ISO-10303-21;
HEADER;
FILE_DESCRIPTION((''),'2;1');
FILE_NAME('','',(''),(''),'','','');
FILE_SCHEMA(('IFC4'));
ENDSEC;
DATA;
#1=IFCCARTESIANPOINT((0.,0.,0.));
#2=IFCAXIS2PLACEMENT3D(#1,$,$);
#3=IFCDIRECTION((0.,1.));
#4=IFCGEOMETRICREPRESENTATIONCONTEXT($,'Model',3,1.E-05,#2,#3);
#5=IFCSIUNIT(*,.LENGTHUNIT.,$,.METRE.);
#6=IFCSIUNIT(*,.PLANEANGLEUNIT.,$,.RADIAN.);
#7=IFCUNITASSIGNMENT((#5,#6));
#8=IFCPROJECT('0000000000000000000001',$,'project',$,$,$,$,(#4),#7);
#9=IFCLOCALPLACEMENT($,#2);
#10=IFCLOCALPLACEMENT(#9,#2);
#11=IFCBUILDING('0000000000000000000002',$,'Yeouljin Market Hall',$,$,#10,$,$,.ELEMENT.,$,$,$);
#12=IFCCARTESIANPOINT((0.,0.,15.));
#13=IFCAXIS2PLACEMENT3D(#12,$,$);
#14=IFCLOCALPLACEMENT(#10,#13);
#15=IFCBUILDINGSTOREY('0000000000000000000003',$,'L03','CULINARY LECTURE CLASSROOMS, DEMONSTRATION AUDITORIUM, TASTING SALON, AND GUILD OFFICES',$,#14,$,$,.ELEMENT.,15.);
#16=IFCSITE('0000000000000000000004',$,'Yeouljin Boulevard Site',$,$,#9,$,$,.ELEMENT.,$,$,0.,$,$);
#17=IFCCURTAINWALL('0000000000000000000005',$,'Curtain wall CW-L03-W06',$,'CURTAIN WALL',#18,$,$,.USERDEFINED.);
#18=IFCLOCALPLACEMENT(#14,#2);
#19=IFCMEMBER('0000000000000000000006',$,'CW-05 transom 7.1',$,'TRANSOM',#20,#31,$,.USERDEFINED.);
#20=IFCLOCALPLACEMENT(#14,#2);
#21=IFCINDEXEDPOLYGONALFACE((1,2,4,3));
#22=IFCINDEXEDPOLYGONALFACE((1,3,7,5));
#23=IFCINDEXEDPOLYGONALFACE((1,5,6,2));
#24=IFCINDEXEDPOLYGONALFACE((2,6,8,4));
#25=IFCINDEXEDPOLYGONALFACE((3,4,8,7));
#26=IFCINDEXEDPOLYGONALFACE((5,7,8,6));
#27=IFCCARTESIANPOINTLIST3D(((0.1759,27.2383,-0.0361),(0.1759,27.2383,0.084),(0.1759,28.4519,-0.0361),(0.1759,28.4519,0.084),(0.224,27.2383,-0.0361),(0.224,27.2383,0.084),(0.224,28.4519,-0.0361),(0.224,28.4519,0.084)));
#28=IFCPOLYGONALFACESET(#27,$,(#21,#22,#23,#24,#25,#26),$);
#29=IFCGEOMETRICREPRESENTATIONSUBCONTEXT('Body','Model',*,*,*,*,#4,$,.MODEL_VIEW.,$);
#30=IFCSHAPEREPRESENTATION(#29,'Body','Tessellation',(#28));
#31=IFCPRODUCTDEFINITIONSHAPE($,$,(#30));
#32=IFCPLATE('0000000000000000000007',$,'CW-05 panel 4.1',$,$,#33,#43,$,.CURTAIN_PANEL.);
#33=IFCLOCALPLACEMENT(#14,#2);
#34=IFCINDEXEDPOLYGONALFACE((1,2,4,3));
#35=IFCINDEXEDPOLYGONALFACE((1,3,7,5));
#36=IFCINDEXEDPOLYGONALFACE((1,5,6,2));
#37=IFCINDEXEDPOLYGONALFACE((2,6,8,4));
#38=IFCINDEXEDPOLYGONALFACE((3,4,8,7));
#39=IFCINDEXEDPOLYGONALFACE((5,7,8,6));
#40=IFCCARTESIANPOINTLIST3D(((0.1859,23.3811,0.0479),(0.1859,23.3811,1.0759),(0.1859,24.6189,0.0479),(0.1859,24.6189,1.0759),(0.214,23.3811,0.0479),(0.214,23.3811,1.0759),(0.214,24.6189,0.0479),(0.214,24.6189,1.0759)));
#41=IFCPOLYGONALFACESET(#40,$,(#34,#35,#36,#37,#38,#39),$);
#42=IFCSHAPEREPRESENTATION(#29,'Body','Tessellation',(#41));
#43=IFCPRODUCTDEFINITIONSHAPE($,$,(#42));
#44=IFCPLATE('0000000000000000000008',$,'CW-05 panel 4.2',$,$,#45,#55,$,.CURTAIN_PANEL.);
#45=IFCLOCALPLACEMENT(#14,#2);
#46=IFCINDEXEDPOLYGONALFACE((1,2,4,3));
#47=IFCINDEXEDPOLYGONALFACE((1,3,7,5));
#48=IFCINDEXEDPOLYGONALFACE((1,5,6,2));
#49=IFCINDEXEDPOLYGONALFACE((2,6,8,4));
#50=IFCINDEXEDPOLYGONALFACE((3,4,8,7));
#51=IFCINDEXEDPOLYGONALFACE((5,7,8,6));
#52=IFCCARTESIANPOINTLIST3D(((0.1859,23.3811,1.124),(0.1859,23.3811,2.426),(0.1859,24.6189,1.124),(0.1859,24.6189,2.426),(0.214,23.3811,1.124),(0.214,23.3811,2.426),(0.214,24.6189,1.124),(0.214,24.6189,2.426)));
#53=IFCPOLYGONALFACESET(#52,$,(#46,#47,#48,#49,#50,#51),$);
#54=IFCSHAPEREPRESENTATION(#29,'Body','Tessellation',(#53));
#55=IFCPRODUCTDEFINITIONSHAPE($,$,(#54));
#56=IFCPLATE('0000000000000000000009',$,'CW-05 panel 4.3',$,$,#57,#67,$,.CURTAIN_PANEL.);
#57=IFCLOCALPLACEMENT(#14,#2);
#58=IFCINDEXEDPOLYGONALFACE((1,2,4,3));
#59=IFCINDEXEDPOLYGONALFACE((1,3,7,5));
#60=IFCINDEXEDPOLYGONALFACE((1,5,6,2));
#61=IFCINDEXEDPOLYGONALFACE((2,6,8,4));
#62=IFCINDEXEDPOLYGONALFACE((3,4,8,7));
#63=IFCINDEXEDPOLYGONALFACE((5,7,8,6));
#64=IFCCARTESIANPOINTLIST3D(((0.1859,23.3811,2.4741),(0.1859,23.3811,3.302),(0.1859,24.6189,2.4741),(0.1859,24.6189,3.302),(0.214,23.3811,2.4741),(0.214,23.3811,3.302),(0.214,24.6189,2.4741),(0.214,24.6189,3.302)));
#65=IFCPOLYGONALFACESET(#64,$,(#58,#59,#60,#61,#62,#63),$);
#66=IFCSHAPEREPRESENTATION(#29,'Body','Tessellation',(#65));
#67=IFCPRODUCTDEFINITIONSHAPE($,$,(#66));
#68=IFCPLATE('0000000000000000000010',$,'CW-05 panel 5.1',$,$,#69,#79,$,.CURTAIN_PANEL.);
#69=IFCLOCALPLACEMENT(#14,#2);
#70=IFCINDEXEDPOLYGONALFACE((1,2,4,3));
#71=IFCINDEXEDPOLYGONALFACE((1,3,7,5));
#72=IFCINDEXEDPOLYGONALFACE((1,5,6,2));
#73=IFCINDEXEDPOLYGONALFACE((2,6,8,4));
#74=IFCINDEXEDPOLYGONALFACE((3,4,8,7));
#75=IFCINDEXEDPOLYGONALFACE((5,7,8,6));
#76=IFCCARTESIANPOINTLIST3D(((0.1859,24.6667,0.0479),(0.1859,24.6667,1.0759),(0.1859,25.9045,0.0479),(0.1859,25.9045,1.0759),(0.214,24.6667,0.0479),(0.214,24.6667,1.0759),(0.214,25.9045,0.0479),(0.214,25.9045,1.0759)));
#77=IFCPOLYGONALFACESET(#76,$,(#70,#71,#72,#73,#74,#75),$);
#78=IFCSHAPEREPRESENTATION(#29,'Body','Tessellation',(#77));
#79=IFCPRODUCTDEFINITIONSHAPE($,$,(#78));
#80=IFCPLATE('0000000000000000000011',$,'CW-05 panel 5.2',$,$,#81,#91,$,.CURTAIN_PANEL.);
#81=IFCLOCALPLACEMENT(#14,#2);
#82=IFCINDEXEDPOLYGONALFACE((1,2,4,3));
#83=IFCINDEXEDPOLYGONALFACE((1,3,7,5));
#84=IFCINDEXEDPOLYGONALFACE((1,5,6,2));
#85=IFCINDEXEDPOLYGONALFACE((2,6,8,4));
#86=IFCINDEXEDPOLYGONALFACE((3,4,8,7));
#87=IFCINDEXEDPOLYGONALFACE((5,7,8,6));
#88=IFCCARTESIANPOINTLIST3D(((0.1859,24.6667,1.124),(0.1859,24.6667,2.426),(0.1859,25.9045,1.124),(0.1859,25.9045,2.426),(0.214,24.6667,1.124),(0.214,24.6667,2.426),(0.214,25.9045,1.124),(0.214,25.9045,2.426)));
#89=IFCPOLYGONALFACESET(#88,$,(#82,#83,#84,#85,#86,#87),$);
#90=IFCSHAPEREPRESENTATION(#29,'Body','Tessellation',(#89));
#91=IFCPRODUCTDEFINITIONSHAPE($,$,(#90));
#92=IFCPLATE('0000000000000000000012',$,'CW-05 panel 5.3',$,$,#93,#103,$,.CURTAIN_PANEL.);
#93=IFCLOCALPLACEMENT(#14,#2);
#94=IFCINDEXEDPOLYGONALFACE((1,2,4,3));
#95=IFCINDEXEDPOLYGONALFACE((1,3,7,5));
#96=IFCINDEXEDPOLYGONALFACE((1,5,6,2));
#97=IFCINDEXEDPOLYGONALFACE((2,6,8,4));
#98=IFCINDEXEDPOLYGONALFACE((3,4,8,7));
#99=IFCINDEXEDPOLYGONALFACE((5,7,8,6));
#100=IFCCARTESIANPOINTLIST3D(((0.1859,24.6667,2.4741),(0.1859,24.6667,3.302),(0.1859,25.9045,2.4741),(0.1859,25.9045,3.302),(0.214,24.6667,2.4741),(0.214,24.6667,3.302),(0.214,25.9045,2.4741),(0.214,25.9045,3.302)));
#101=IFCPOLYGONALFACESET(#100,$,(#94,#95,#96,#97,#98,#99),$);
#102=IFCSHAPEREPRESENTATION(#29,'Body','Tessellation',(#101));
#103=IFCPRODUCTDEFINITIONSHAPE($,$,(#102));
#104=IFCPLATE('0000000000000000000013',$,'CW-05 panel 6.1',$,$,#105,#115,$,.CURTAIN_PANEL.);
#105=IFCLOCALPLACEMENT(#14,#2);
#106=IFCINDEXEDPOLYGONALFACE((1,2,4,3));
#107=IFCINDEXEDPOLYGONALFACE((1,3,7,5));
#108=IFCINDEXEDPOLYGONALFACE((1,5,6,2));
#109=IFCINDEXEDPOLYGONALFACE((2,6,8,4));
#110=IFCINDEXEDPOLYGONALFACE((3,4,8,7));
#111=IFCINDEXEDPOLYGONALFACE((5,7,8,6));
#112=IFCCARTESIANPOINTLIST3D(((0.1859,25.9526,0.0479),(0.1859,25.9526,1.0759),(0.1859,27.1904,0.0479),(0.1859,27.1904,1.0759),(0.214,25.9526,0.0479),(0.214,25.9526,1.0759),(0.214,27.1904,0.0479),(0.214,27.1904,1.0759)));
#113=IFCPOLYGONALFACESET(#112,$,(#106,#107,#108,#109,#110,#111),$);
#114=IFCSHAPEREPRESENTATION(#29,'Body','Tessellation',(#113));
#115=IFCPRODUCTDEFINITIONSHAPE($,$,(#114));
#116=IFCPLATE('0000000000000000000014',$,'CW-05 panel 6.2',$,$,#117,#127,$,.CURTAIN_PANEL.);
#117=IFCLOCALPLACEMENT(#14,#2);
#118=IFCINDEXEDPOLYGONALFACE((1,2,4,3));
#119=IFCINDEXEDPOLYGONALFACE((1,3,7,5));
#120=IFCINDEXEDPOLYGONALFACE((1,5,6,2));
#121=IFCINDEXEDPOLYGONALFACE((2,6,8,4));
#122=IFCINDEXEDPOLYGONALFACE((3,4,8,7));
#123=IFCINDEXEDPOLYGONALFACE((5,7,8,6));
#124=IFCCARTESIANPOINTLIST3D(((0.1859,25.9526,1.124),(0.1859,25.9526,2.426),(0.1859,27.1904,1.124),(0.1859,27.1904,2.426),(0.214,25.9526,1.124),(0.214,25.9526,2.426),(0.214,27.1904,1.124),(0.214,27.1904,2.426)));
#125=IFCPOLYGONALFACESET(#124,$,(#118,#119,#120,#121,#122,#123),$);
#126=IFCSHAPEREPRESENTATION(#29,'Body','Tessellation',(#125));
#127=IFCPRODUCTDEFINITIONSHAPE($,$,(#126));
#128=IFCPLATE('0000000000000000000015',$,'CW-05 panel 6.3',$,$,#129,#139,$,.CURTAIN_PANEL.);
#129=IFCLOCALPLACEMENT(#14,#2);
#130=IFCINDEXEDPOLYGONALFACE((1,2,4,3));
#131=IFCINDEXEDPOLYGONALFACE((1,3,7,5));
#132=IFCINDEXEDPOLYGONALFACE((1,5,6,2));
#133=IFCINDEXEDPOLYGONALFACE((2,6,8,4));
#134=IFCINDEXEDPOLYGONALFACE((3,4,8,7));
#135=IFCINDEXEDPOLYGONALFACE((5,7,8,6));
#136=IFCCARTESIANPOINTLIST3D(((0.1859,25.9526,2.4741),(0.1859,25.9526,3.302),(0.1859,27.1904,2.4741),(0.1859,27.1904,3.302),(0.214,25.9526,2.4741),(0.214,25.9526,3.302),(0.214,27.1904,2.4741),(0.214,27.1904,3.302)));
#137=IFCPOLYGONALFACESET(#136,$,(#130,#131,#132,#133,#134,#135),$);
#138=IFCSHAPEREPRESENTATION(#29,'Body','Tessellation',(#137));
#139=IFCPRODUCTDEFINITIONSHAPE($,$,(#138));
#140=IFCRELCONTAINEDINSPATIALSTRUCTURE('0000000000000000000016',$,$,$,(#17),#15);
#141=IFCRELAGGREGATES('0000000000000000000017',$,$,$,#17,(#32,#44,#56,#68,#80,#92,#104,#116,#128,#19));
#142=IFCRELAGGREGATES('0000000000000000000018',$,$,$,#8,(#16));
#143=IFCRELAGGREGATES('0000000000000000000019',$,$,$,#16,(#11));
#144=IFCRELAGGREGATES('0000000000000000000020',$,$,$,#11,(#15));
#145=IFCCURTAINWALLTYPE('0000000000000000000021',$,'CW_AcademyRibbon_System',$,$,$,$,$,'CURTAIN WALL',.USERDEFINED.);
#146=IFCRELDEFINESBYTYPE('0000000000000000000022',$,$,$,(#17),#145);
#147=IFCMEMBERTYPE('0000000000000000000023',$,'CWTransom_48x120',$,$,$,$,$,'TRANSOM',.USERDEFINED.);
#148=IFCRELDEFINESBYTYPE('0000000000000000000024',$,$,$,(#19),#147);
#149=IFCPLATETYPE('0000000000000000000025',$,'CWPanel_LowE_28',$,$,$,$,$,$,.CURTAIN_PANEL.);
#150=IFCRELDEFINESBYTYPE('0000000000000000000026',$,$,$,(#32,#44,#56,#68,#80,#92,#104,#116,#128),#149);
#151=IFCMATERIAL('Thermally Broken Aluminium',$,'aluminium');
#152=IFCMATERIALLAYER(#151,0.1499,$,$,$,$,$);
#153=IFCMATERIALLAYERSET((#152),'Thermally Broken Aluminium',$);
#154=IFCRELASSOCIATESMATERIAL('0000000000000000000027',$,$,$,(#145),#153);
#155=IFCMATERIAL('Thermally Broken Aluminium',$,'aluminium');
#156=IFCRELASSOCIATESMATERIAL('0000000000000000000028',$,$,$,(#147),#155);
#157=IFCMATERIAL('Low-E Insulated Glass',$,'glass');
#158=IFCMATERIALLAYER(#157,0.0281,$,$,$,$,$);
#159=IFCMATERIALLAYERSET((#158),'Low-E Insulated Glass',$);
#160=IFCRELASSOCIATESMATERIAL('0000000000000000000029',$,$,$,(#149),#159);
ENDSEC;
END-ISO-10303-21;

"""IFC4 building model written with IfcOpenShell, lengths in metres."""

from ifc_helpers import new_model, si_unit, direction, frame, origin, origin_2d, place, context, subcontext, project, spatial, rectangle, extrude, material, layer, layer_set, material_profile, profile_set, type_object, element, aggregate, save


model = new_model("IFC4")

# Units and contexts
model_context = context("Model", 3, precision=1e-05, world=origin(), true_north=direction((0.0, 1.0)))
body_context = subcontext(model_context, "Body", "Model", "MODEL_VIEW")
ifc_project = project(units=[si_unit("LENGTHUNIT", "METRE"), si_unit("PLANEANGLEUNIT", "RADIAN")], contexts=[model_context])

# Site, building, storey
site_placement = place(None, origin())
site = spatial("IfcSite", under=ifc_project, at=site_placement, Name="Yeouljin Boulevard Site", CompositionType="ELEMENT", RefElevation=0.0)
building_placement = place(site_placement, origin())
building = spatial("IfcBuilding", under=site, at=building_placement, Name="Yeouljin Market Hall", CompositionType="ELEMENT")
storey_placement = place(building_placement, frame((0.0, 0.0, 15.0)))
storey = spatial("IfcBuildingStorey", under=building, at=storey_placement, Name="L03", Description="CULINARY LECTURE CLASSROOMS, DEMONSTRATION AUDITORIUM, TASTING SALON, AND GUILD OFFICES", CompositionType="ELEMENT", Elevation=15.0)

# Curtain wall, member, plates
ifc_material_1 = material(Name="Thermally Broken Aluminium", Category="aluminium")
ifc_layer_1 = layer(ifc_material_1, 0.1499)
ifc_layer_set_1 = layer_set([ifc_layer_1], Name="Thermally Broken Aluminium")
curtain_wall_type = type_object("IfcCurtainWallType", Name="CW_AcademyRibbon_System", ElementType="CURTAIN WALL", PredefinedType="USERDEFINED", material=ifc_layer_set_1)
curtain_wall_placement = place(storey_placement, origin())
curtain_wall = element("IfcCurtainWall", 1, at=curtain_wall_placement, inside=storey, type_object=curtain_wall_type, Name="Curtain wall CW-L03-W06", ObjectType="CURTAIN WALL", PredefinedType="USERDEFINED")
ifc_material_2 = material(Name="Thermally Broken Aluminium", Category="aluminium")
ifc_material_profile_1 = material_profile(ifc_material_2, rectangle(XDim=0.0481, YDim=0.1201, at=origin_2d()), Name="CW-TRAN-48x120")
ifc_profile_set_1 = profile_set([ifc_material_profile_1], Name="Thermally Broken Aluminium")
member_type_1 = type_object("IfcMemberType", Name="CWTransom_48x120", ElementType="TRANSOM", PredefinedType="USERDEFINED", material=ifc_profile_set_1)
member_1_placement = place(storey_placement, frame((0.2, 27.2383, 0.0239), z_axis=(0.0, 1.0, 0.0), x_axis=(-1.0, 0.0, 0.0)))
member_1 = element("IfcMember", 2, at=member_1_placement, type_object=member_type_1, Name="CW-05 transom 7.1", ObjectType="TRANSOM", PredefinedType="USERDEFINED", context=body_context, shape_type="SweptSolid", body=[
    extrude(rectangle(XDim=0.0481, YDim=0.1201, at=origin_2d()), origin(), (0.0, 0.0, 1.0), 1.2136),
])
ifc_material_3 = material(Name="Low-E Insulated Glass", Category="glass")
ifc_layer_2 = layer(ifc_material_3, 0.0281)
ifc_layer_set_2 = layer_set([ifc_layer_2], Name="Low-E Insulated Glass")
plate_type = type_object("IfcPlateType", Name="CWPanel_LowE_28", PredefinedType="CURTAIN_PANEL", material=ifc_layer_set_2)
plate_1_placement = place(storey_placement, frame((0.2, 24.0, 0.0479), z_axis=(0.0, 0.0, 1.0), x_axis=(0.0, 1.0, 0.0)))
plate_1 = element("IfcPlate", 3, at=plate_1_placement, type_object=plate_type, Name="CW-05 panel 4.1", PredefinedType="CURTAIN_PANEL", context=body_context, shape_type="SweptSolid", body=[
    extrude(rectangle(XDim=1.2378, YDim=0.0281, at=origin_2d()), origin(), (0.0, 0.0, 1.0), 1.0281),
])
plate_2_placement = place(storey_placement, frame((0.2, 24.0, 1.124), z_axis=(0.0, 0.0, 1.0), x_axis=(0.0, 1.0, 0.0)))
plate_2 = element("IfcPlate", 4, at=plate_2_placement, type_object=plate_type, Name="CW-05 panel 4.2", PredefinedType="CURTAIN_PANEL", context=body_context, shape_type="SweptSolid", body=[
    extrude(rectangle(XDim=1.2378, YDim=0.0281, at=origin_2d()), origin(), (0.0, 0.0, 1.0), 1.302),
])
plate_3_placement = place(storey_placement, frame((0.2, 24.0, 2.4741), z_axis=(0.0, 0.0, 1.0), x_axis=(0.0, 1.0, 0.0)))
plate_3 = element("IfcPlate", 5, at=plate_3_placement, type_object=plate_type, Name="CW-05 panel 4.3", PredefinedType="CURTAIN_PANEL", context=body_context, shape_type="SweptSolid", body=[
    extrude(rectangle(XDim=1.2378, YDim=0.0281, at=origin_2d()), origin(), (0.0, 0.0, 1.0), 0.8279),
])
plate_4_placement = place(storey_placement, frame((0.2, 25.2856, 0.0479), z_axis=(0.0, 0.0, 1.0), x_axis=(0.0, 1.0, 0.0)))
plate_4 = element("IfcPlate", 6, at=plate_4_placement, type_object=plate_type, Name="CW-05 panel 5.1", PredefinedType="CURTAIN_PANEL", context=body_context, shape_type="SweptSolid", body=[
    extrude(rectangle(XDim=1.2378, YDim=0.0281, at=origin_2d()), origin(), (0.0, 0.0, 1.0), 1.0281),
])
plate_5_placement = place(storey_placement, frame((0.2, 25.2856, 1.124), z_axis=(0.0, 0.0, 1.0), x_axis=(0.0, 1.0, 0.0)))
plate_5 = element("IfcPlate", 7, at=plate_5_placement, type_object=plate_type, Name="CW-05 panel 5.2", PredefinedType="CURTAIN_PANEL", context=body_context, shape_type="SweptSolid", body=[
    extrude(rectangle(XDim=1.2378, YDim=0.0281, at=origin_2d()), origin(), (0.0, 0.0, 1.0), 1.302),
])
plate_6_placement = place(storey_placement, frame((0.2, 25.2856, 2.4741), z_axis=(0.0, 0.0, 1.0), x_axis=(0.0, 1.0, 0.0)))
plate_6 = element("IfcPlate", 8, at=plate_6_placement, type_object=plate_type, Name="CW-05 panel 5.3", PredefinedType="CURTAIN_PANEL", context=body_context, shape_type="SweptSolid", body=[
    extrude(rectangle(XDim=1.2378, YDim=0.0281, at=origin_2d()), origin(), (0.0, 0.0, 1.0), 0.8279),
])
plate_7_placement = place(storey_placement, frame((0.2, 26.5715, 0.0479), z_axis=(0.0, 0.0, 1.0), x_axis=(0.0, 1.0, 0.0)))
plate_7 = element("IfcPlate", 9, at=plate_7_placement, type_object=plate_type, Name="CW-05 panel 6.1", PredefinedType="CURTAIN_PANEL", context=body_context, shape_type="SweptSolid", body=[
    extrude(rectangle(XDim=1.2378, YDim=0.0281, at=origin_2d()), origin(), (0.0, 0.0, 1.0), 1.0281),
])
plate_8_placement = place(storey_placement, frame((0.2, 26.5715, 1.124), z_axis=(0.0, 0.0, 1.0), x_axis=(0.0, 1.0, 0.0)))
plate_8 = element("IfcPlate", 10, at=plate_8_placement, type_object=plate_type, Name="CW-05 panel 6.2", PredefinedType="CURTAIN_PANEL", context=body_context, shape_type="SweptSolid", body=[
    extrude(rectangle(XDim=1.2378, YDim=0.0281, at=origin_2d()), origin(), (0.0, 0.0, 1.0), 1.302),
])
plate_9_placement = place(storey_placement, frame((0.2, 26.5715, 2.4741), z_axis=(0.0, 0.0, 1.0), x_axis=(0.0, 1.0, 0.0)))
plate_9 = element("IfcPlate", 11, at=plate_9_placement, type_object=plate_type, Name="CW-05 panel 6.3", PredefinedType="CURTAIN_PANEL", context=body_context, shape_type="SweptSolid", body=[
    extrude(rectangle(XDim=1.2378, YDim=0.0281, at=origin_2d()), origin(), (0.0, 0.0, 1.0), 0.8279),
])
aggregate(curtain_wall, [plate_1, plate_2, plate_3, plate_4, plate_5, plate_6, plate_7, plate_8, plate_9, member_1])

save(model, "model.ifc")
